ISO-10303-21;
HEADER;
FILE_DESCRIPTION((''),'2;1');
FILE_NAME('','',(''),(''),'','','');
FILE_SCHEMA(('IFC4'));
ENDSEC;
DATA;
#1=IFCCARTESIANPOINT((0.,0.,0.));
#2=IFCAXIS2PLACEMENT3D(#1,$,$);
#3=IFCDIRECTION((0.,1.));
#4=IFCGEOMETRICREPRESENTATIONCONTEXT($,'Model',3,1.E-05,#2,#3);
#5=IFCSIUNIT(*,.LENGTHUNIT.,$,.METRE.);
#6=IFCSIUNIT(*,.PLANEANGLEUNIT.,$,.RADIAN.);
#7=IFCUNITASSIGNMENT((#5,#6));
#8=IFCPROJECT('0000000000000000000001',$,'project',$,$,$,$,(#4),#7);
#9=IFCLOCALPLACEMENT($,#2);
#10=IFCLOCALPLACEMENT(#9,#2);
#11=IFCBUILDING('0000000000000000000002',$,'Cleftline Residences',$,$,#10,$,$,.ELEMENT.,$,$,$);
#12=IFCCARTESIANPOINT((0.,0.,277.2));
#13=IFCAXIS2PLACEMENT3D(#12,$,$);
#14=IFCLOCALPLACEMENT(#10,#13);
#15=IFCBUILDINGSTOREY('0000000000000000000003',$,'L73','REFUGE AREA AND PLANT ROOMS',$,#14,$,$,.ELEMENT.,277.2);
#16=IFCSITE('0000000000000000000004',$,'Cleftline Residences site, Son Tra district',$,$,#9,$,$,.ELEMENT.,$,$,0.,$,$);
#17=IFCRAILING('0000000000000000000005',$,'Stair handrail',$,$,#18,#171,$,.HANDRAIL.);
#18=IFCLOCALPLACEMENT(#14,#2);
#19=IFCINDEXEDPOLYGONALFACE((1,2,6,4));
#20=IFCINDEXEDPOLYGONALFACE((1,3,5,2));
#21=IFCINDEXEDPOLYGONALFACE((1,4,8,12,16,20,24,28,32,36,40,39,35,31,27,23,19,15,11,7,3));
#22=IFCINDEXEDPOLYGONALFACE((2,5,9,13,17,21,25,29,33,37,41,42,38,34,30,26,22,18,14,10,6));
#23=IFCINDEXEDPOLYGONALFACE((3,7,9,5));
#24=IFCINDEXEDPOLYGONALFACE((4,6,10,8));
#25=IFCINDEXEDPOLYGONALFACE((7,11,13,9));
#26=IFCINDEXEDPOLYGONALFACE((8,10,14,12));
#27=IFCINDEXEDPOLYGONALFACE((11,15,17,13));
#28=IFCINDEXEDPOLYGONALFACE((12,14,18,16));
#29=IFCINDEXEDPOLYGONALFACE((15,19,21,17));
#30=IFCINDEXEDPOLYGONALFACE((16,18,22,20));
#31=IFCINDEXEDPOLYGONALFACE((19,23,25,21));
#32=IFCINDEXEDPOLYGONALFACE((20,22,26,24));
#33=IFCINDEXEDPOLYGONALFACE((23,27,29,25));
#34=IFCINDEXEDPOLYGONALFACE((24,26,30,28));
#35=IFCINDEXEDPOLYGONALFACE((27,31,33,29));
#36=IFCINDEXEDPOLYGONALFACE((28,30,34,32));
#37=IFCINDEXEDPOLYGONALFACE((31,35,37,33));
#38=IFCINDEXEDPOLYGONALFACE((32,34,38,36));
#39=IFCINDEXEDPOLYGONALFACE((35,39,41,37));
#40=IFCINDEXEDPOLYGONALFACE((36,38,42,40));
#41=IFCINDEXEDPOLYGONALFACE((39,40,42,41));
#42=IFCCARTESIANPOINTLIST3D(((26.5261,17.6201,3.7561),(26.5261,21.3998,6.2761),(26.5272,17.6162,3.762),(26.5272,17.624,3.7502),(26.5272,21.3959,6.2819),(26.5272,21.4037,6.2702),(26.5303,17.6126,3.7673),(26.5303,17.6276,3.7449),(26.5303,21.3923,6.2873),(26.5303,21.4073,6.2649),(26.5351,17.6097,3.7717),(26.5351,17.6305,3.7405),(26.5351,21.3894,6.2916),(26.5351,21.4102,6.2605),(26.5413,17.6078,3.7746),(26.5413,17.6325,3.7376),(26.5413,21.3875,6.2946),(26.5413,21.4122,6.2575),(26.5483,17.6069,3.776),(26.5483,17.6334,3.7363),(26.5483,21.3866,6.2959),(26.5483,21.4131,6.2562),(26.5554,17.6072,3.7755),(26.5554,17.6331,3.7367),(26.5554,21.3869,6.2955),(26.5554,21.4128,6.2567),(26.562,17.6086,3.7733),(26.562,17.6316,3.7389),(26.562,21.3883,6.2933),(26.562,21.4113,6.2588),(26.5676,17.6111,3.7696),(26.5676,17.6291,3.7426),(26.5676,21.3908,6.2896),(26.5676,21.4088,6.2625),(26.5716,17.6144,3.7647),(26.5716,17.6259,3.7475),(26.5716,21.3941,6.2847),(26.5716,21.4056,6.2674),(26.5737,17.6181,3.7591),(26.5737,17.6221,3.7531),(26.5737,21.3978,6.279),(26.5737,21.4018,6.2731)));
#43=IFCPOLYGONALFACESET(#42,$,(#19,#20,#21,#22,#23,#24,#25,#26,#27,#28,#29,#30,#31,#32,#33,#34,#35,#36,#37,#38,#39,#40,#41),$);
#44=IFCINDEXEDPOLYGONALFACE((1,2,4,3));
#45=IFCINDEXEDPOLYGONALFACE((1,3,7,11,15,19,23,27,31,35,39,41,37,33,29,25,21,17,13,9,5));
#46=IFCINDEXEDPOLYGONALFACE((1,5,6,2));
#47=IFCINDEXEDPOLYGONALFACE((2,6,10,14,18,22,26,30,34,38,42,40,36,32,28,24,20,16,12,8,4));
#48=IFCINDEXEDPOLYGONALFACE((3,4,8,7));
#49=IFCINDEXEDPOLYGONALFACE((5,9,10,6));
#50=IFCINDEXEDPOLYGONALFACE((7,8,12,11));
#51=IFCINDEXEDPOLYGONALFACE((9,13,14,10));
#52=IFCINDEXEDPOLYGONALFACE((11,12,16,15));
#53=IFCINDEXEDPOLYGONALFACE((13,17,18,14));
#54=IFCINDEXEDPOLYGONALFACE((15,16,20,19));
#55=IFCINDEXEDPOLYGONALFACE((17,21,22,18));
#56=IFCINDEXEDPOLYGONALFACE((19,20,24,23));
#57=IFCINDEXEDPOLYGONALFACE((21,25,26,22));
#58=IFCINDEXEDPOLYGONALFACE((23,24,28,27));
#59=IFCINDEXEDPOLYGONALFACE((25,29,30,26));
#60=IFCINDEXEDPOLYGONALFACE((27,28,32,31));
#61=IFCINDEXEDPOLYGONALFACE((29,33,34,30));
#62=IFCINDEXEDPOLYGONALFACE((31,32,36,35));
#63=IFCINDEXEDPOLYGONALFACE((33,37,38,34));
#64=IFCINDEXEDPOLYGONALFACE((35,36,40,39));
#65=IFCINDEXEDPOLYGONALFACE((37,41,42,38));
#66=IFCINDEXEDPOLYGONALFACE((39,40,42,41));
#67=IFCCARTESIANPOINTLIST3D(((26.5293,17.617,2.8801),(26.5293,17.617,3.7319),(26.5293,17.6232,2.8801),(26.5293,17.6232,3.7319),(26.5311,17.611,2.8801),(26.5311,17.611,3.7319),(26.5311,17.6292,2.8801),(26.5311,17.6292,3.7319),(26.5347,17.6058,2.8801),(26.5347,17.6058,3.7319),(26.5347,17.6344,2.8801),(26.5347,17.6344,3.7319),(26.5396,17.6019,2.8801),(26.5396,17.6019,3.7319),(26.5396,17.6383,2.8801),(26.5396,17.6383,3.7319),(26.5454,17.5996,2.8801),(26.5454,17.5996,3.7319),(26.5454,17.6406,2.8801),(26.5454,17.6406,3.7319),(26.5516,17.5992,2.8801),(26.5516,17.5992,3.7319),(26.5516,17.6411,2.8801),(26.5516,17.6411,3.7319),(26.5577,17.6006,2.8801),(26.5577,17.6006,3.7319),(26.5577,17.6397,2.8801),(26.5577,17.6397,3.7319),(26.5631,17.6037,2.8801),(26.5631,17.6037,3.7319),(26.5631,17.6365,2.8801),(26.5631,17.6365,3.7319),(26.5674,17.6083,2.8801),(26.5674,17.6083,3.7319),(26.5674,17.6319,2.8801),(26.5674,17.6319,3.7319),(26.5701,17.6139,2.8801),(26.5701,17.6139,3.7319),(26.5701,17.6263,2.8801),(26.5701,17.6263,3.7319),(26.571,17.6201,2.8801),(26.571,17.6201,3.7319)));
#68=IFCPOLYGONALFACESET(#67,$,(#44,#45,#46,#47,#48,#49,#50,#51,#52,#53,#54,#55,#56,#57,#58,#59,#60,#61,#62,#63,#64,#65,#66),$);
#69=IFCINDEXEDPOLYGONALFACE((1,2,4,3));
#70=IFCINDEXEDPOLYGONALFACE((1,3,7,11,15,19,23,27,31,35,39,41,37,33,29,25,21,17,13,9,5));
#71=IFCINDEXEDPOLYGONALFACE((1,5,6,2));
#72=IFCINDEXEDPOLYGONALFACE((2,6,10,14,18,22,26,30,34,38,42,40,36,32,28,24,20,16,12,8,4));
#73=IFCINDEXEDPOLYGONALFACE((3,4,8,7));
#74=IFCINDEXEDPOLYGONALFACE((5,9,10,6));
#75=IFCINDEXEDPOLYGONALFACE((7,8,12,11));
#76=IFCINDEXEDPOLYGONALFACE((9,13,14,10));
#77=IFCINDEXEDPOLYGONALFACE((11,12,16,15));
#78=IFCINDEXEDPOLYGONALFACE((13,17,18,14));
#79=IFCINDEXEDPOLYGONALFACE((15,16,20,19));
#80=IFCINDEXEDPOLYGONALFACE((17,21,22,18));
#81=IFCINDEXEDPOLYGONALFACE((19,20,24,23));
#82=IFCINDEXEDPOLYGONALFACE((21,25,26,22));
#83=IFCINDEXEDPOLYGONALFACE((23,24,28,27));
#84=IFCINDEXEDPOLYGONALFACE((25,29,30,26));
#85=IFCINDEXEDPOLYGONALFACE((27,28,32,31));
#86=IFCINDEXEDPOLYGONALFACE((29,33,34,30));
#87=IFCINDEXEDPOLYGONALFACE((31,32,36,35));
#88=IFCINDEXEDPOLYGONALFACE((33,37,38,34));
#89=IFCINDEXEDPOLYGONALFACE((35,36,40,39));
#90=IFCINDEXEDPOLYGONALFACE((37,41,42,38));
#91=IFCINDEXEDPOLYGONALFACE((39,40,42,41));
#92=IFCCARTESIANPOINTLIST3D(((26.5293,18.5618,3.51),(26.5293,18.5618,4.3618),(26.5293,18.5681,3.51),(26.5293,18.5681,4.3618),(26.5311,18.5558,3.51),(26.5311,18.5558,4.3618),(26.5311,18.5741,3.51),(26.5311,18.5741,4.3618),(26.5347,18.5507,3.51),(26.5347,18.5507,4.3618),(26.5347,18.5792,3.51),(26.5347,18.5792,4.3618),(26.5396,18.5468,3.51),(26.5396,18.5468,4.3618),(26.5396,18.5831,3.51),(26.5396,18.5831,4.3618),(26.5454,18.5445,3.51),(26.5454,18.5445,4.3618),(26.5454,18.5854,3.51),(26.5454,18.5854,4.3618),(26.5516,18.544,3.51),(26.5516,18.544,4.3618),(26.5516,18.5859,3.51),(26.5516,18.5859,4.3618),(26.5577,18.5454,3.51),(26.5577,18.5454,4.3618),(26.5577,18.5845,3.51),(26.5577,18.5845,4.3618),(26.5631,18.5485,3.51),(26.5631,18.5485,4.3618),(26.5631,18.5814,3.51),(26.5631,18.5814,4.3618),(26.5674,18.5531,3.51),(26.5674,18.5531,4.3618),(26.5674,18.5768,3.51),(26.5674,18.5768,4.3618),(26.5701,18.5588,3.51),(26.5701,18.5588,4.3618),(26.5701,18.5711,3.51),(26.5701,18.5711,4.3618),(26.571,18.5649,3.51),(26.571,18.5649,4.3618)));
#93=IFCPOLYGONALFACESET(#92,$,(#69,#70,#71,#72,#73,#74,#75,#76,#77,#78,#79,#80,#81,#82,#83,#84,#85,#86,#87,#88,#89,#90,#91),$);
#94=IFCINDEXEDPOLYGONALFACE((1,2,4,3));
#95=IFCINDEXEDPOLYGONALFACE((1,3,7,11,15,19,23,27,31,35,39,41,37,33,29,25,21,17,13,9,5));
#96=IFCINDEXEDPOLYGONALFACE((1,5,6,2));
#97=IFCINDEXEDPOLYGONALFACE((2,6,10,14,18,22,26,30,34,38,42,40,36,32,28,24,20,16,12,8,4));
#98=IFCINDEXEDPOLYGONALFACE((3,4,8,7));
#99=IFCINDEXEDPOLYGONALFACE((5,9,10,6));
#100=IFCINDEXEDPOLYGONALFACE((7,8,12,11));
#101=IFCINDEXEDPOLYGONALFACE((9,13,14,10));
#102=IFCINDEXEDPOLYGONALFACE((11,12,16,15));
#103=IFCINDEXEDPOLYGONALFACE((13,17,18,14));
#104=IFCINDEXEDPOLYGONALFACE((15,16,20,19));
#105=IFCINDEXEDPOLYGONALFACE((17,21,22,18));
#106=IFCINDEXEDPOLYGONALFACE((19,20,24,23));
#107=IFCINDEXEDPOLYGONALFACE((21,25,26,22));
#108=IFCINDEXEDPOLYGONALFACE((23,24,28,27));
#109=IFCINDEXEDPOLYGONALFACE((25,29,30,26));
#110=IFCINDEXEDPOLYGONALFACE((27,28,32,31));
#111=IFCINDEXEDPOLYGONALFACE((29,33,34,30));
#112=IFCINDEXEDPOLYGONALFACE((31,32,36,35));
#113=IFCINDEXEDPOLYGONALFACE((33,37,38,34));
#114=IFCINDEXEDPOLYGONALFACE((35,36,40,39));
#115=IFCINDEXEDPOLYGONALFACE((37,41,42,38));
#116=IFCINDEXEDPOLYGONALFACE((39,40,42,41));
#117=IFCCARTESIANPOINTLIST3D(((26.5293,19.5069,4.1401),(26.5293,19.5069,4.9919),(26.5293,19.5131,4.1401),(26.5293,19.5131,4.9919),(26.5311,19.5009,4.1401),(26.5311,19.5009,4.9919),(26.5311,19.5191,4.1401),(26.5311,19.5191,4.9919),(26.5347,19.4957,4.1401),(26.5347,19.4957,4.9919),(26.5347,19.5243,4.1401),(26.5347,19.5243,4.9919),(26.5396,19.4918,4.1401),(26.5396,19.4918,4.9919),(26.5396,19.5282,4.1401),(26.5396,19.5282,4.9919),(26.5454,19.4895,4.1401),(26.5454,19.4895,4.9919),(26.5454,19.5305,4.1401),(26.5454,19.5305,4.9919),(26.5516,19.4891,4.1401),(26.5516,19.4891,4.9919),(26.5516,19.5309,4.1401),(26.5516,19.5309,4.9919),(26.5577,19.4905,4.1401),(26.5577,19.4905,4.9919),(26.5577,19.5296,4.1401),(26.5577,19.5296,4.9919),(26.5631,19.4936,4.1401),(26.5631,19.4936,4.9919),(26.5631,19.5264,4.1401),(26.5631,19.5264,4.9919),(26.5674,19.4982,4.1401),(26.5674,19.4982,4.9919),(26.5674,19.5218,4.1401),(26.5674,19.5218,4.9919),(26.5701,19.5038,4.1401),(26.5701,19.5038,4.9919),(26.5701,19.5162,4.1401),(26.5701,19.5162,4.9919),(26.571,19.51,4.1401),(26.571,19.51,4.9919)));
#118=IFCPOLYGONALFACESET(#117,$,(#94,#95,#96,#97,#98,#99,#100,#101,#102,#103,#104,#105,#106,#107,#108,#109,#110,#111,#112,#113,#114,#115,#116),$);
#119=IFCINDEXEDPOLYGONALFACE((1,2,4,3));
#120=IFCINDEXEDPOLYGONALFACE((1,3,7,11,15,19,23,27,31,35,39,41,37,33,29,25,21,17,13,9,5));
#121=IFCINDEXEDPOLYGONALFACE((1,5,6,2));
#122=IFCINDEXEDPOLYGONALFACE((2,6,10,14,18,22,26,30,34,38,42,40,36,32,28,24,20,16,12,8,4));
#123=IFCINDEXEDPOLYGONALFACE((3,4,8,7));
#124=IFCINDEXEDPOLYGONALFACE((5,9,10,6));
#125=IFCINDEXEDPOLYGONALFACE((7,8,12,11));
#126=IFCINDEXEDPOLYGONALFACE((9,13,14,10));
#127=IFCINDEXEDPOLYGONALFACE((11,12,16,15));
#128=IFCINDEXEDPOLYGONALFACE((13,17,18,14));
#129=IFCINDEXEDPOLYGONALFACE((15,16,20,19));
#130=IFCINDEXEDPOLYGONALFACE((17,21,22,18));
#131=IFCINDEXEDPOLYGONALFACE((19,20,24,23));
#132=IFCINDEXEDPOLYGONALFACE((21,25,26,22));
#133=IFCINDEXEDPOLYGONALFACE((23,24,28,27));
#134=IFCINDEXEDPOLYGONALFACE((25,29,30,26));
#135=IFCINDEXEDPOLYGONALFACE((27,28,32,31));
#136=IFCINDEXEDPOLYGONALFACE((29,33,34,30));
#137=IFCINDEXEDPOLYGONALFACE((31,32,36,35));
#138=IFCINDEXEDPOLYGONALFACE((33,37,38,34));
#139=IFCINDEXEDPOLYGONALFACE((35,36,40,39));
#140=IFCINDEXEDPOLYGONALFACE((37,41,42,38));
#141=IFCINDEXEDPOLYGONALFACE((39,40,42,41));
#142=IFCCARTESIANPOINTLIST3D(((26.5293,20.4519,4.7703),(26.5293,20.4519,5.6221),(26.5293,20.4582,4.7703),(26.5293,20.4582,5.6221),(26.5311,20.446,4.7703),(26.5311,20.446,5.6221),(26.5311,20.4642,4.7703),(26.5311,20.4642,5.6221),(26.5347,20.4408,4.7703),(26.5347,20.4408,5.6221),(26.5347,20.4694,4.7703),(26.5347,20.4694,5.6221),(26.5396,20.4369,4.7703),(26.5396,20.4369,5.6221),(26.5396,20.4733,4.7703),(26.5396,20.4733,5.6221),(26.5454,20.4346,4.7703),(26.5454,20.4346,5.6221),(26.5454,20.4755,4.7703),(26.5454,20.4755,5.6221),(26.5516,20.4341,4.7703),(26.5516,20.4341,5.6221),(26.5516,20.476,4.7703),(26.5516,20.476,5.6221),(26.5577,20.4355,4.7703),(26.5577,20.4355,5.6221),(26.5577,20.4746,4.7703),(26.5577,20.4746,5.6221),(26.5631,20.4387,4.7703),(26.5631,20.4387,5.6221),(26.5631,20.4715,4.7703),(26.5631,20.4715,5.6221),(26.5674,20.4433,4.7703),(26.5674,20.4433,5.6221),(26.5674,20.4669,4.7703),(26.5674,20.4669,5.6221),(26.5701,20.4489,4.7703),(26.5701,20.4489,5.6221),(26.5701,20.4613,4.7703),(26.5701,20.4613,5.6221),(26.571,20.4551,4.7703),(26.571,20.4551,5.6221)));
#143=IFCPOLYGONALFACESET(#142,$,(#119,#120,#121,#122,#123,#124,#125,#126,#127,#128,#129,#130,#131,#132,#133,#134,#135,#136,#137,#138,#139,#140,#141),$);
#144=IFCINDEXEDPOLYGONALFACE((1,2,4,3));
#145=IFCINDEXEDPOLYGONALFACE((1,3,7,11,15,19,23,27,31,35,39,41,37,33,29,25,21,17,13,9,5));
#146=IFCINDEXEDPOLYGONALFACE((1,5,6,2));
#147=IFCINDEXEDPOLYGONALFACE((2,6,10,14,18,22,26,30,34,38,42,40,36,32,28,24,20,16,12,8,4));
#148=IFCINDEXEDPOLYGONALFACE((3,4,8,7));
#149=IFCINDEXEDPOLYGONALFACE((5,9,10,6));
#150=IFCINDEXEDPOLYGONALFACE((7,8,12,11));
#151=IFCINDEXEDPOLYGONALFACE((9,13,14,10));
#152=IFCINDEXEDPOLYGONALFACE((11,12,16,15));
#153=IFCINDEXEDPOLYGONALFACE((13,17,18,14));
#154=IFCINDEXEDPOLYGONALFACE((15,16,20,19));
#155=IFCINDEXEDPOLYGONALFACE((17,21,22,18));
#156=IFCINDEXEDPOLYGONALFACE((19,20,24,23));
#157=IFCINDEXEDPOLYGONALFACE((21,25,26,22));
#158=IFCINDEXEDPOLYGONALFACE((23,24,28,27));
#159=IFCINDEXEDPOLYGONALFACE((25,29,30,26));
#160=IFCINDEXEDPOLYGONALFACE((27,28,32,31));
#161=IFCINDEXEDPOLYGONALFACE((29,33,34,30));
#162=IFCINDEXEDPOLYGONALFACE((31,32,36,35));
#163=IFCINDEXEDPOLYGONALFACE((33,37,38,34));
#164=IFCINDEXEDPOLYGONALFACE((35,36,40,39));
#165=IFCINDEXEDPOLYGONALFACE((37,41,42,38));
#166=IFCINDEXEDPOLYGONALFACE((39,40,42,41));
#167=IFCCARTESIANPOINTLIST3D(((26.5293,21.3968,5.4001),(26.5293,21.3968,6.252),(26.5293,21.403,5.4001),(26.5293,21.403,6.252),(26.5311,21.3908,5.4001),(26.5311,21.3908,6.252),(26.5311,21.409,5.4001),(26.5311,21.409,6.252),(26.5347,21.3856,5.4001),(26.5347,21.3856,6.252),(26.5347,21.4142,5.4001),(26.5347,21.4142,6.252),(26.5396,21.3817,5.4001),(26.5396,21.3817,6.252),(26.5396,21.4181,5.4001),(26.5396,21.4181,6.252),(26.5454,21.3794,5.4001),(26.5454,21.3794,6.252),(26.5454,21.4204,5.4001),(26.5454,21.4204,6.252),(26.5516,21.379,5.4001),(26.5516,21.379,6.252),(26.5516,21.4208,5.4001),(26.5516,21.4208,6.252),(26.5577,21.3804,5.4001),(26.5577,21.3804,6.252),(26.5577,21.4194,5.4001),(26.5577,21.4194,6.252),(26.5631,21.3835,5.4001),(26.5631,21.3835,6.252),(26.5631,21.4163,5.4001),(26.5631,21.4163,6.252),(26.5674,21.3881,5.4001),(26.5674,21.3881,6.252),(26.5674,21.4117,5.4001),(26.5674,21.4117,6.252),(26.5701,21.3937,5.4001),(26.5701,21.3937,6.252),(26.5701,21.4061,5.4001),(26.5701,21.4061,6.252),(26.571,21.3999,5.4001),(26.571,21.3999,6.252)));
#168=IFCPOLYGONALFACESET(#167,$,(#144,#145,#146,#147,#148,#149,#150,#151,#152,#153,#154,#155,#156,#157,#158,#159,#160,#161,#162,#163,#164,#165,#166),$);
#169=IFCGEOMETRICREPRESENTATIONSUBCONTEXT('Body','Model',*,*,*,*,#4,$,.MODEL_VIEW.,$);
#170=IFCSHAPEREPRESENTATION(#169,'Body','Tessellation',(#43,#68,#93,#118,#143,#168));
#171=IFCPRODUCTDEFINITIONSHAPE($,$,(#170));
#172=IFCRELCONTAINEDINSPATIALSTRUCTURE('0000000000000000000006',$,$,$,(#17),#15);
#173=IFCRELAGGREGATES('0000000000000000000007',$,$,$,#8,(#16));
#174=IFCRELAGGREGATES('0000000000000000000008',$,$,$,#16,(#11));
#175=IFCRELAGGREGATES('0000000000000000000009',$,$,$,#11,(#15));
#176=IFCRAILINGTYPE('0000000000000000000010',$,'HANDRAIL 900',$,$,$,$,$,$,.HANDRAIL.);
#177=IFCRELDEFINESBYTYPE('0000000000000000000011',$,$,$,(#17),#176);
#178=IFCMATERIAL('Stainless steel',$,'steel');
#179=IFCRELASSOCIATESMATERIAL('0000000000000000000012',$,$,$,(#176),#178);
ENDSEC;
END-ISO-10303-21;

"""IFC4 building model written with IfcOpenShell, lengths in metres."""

from ifc_helpers import new_model, si_unit, direction, frame, origin, origin_2d, place, context, subcontext, project, spatial, circle, extrude, material, type_object, element, save


model = new_model("IFC4")

# Units and contexts
model_context = context("Model", 3, precision=1e-05, world=origin(), true_north=direction((0.0, 1.0)))
body_context = subcontext(model_context, "Body", "Model", "MODEL_VIEW")
ifc_project = project(units=[si_unit("LENGTHUNIT", "METRE"), si_unit("PLANEANGLEUNIT", "RADIAN")], contexts=[model_context])

# Site, building, storey
site_placement = place(None, origin())
site = spatial("IfcSite", under=ifc_project, at=site_placement, Name="Cleftline Residences site, Son Tra district", CompositionType="ELEMENT", RefElevation=0.0)
building_placement = place(site_placement, origin())
building = spatial("IfcBuilding", under=site, at=building_placement, Name="Cleftline Residences", CompositionType="ELEMENT")
storey_placement = place(building_placement, frame((0.0, 0.0, 277.2)))
storey = spatial("IfcBuildingStorey", under=building, at=storey_placement, Name="L73", Description="REFUGE AREA AND PLANT ROOMS", CompositionType="ELEMENT", Elevation=277.2)

# Railing
ifc_material_1 = material(Name="Stainless steel", Category="steel")
railing_type = type_object("IfcRailingType", Name="HANDRAIL 900", PredefinedType="HANDRAIL", material=ifc_material_1)
for number, where, name in (
    (1, (26.55, 17.6201, 2.8801), "Stair handrail"),
):
    element("IfcRailing", number, at=place(storey_placement, frame(where)), inside=storey, type_object=railing_type, Name=name, PredefinedType="HANDRAIL", context=body_context, shape_type="SweptSolid", body=[
        extrude(circle(Radius=0.0239, at=origin_2d()), frame((0.0, 0.0, 0.876), z_axis=(0.0, 0.832034, 0.554725), x_axis=(-1.0, 0.0, 0.0)), (0.0, 0.0, 1.0), 4.5427),
        extrude(circle(Radius=0.021, at=origin_2d()), origin(), (0.0, 0.0, 1.0), 0.8518),
        extrude(circle(Radius=0.021, at=origin_2d()), frame((0.0, 0.9448, 0.6299)), (0.0, 0.0, 1.0), 0.8518),
        extrude(circle(Radius=0.021, at=origin_2d()), frame((0.0, 1.8899, 1.26)), (0.0, 0.0, 1.0), 0.8518),
        extrude(circle(Radius=0.021, at=origin_2d()), frame((0.0, 2.835, 1.8901)), (0.0, 0.0, 1.0), 0.8518),
        extrude(circle(Radius=0.021, at=origin_2d()), frame((0.0, 3.7798, 2.52)), (0.0, 0.0, 1.0), 0.8518),
    ])

save(model, "model.ifc")
